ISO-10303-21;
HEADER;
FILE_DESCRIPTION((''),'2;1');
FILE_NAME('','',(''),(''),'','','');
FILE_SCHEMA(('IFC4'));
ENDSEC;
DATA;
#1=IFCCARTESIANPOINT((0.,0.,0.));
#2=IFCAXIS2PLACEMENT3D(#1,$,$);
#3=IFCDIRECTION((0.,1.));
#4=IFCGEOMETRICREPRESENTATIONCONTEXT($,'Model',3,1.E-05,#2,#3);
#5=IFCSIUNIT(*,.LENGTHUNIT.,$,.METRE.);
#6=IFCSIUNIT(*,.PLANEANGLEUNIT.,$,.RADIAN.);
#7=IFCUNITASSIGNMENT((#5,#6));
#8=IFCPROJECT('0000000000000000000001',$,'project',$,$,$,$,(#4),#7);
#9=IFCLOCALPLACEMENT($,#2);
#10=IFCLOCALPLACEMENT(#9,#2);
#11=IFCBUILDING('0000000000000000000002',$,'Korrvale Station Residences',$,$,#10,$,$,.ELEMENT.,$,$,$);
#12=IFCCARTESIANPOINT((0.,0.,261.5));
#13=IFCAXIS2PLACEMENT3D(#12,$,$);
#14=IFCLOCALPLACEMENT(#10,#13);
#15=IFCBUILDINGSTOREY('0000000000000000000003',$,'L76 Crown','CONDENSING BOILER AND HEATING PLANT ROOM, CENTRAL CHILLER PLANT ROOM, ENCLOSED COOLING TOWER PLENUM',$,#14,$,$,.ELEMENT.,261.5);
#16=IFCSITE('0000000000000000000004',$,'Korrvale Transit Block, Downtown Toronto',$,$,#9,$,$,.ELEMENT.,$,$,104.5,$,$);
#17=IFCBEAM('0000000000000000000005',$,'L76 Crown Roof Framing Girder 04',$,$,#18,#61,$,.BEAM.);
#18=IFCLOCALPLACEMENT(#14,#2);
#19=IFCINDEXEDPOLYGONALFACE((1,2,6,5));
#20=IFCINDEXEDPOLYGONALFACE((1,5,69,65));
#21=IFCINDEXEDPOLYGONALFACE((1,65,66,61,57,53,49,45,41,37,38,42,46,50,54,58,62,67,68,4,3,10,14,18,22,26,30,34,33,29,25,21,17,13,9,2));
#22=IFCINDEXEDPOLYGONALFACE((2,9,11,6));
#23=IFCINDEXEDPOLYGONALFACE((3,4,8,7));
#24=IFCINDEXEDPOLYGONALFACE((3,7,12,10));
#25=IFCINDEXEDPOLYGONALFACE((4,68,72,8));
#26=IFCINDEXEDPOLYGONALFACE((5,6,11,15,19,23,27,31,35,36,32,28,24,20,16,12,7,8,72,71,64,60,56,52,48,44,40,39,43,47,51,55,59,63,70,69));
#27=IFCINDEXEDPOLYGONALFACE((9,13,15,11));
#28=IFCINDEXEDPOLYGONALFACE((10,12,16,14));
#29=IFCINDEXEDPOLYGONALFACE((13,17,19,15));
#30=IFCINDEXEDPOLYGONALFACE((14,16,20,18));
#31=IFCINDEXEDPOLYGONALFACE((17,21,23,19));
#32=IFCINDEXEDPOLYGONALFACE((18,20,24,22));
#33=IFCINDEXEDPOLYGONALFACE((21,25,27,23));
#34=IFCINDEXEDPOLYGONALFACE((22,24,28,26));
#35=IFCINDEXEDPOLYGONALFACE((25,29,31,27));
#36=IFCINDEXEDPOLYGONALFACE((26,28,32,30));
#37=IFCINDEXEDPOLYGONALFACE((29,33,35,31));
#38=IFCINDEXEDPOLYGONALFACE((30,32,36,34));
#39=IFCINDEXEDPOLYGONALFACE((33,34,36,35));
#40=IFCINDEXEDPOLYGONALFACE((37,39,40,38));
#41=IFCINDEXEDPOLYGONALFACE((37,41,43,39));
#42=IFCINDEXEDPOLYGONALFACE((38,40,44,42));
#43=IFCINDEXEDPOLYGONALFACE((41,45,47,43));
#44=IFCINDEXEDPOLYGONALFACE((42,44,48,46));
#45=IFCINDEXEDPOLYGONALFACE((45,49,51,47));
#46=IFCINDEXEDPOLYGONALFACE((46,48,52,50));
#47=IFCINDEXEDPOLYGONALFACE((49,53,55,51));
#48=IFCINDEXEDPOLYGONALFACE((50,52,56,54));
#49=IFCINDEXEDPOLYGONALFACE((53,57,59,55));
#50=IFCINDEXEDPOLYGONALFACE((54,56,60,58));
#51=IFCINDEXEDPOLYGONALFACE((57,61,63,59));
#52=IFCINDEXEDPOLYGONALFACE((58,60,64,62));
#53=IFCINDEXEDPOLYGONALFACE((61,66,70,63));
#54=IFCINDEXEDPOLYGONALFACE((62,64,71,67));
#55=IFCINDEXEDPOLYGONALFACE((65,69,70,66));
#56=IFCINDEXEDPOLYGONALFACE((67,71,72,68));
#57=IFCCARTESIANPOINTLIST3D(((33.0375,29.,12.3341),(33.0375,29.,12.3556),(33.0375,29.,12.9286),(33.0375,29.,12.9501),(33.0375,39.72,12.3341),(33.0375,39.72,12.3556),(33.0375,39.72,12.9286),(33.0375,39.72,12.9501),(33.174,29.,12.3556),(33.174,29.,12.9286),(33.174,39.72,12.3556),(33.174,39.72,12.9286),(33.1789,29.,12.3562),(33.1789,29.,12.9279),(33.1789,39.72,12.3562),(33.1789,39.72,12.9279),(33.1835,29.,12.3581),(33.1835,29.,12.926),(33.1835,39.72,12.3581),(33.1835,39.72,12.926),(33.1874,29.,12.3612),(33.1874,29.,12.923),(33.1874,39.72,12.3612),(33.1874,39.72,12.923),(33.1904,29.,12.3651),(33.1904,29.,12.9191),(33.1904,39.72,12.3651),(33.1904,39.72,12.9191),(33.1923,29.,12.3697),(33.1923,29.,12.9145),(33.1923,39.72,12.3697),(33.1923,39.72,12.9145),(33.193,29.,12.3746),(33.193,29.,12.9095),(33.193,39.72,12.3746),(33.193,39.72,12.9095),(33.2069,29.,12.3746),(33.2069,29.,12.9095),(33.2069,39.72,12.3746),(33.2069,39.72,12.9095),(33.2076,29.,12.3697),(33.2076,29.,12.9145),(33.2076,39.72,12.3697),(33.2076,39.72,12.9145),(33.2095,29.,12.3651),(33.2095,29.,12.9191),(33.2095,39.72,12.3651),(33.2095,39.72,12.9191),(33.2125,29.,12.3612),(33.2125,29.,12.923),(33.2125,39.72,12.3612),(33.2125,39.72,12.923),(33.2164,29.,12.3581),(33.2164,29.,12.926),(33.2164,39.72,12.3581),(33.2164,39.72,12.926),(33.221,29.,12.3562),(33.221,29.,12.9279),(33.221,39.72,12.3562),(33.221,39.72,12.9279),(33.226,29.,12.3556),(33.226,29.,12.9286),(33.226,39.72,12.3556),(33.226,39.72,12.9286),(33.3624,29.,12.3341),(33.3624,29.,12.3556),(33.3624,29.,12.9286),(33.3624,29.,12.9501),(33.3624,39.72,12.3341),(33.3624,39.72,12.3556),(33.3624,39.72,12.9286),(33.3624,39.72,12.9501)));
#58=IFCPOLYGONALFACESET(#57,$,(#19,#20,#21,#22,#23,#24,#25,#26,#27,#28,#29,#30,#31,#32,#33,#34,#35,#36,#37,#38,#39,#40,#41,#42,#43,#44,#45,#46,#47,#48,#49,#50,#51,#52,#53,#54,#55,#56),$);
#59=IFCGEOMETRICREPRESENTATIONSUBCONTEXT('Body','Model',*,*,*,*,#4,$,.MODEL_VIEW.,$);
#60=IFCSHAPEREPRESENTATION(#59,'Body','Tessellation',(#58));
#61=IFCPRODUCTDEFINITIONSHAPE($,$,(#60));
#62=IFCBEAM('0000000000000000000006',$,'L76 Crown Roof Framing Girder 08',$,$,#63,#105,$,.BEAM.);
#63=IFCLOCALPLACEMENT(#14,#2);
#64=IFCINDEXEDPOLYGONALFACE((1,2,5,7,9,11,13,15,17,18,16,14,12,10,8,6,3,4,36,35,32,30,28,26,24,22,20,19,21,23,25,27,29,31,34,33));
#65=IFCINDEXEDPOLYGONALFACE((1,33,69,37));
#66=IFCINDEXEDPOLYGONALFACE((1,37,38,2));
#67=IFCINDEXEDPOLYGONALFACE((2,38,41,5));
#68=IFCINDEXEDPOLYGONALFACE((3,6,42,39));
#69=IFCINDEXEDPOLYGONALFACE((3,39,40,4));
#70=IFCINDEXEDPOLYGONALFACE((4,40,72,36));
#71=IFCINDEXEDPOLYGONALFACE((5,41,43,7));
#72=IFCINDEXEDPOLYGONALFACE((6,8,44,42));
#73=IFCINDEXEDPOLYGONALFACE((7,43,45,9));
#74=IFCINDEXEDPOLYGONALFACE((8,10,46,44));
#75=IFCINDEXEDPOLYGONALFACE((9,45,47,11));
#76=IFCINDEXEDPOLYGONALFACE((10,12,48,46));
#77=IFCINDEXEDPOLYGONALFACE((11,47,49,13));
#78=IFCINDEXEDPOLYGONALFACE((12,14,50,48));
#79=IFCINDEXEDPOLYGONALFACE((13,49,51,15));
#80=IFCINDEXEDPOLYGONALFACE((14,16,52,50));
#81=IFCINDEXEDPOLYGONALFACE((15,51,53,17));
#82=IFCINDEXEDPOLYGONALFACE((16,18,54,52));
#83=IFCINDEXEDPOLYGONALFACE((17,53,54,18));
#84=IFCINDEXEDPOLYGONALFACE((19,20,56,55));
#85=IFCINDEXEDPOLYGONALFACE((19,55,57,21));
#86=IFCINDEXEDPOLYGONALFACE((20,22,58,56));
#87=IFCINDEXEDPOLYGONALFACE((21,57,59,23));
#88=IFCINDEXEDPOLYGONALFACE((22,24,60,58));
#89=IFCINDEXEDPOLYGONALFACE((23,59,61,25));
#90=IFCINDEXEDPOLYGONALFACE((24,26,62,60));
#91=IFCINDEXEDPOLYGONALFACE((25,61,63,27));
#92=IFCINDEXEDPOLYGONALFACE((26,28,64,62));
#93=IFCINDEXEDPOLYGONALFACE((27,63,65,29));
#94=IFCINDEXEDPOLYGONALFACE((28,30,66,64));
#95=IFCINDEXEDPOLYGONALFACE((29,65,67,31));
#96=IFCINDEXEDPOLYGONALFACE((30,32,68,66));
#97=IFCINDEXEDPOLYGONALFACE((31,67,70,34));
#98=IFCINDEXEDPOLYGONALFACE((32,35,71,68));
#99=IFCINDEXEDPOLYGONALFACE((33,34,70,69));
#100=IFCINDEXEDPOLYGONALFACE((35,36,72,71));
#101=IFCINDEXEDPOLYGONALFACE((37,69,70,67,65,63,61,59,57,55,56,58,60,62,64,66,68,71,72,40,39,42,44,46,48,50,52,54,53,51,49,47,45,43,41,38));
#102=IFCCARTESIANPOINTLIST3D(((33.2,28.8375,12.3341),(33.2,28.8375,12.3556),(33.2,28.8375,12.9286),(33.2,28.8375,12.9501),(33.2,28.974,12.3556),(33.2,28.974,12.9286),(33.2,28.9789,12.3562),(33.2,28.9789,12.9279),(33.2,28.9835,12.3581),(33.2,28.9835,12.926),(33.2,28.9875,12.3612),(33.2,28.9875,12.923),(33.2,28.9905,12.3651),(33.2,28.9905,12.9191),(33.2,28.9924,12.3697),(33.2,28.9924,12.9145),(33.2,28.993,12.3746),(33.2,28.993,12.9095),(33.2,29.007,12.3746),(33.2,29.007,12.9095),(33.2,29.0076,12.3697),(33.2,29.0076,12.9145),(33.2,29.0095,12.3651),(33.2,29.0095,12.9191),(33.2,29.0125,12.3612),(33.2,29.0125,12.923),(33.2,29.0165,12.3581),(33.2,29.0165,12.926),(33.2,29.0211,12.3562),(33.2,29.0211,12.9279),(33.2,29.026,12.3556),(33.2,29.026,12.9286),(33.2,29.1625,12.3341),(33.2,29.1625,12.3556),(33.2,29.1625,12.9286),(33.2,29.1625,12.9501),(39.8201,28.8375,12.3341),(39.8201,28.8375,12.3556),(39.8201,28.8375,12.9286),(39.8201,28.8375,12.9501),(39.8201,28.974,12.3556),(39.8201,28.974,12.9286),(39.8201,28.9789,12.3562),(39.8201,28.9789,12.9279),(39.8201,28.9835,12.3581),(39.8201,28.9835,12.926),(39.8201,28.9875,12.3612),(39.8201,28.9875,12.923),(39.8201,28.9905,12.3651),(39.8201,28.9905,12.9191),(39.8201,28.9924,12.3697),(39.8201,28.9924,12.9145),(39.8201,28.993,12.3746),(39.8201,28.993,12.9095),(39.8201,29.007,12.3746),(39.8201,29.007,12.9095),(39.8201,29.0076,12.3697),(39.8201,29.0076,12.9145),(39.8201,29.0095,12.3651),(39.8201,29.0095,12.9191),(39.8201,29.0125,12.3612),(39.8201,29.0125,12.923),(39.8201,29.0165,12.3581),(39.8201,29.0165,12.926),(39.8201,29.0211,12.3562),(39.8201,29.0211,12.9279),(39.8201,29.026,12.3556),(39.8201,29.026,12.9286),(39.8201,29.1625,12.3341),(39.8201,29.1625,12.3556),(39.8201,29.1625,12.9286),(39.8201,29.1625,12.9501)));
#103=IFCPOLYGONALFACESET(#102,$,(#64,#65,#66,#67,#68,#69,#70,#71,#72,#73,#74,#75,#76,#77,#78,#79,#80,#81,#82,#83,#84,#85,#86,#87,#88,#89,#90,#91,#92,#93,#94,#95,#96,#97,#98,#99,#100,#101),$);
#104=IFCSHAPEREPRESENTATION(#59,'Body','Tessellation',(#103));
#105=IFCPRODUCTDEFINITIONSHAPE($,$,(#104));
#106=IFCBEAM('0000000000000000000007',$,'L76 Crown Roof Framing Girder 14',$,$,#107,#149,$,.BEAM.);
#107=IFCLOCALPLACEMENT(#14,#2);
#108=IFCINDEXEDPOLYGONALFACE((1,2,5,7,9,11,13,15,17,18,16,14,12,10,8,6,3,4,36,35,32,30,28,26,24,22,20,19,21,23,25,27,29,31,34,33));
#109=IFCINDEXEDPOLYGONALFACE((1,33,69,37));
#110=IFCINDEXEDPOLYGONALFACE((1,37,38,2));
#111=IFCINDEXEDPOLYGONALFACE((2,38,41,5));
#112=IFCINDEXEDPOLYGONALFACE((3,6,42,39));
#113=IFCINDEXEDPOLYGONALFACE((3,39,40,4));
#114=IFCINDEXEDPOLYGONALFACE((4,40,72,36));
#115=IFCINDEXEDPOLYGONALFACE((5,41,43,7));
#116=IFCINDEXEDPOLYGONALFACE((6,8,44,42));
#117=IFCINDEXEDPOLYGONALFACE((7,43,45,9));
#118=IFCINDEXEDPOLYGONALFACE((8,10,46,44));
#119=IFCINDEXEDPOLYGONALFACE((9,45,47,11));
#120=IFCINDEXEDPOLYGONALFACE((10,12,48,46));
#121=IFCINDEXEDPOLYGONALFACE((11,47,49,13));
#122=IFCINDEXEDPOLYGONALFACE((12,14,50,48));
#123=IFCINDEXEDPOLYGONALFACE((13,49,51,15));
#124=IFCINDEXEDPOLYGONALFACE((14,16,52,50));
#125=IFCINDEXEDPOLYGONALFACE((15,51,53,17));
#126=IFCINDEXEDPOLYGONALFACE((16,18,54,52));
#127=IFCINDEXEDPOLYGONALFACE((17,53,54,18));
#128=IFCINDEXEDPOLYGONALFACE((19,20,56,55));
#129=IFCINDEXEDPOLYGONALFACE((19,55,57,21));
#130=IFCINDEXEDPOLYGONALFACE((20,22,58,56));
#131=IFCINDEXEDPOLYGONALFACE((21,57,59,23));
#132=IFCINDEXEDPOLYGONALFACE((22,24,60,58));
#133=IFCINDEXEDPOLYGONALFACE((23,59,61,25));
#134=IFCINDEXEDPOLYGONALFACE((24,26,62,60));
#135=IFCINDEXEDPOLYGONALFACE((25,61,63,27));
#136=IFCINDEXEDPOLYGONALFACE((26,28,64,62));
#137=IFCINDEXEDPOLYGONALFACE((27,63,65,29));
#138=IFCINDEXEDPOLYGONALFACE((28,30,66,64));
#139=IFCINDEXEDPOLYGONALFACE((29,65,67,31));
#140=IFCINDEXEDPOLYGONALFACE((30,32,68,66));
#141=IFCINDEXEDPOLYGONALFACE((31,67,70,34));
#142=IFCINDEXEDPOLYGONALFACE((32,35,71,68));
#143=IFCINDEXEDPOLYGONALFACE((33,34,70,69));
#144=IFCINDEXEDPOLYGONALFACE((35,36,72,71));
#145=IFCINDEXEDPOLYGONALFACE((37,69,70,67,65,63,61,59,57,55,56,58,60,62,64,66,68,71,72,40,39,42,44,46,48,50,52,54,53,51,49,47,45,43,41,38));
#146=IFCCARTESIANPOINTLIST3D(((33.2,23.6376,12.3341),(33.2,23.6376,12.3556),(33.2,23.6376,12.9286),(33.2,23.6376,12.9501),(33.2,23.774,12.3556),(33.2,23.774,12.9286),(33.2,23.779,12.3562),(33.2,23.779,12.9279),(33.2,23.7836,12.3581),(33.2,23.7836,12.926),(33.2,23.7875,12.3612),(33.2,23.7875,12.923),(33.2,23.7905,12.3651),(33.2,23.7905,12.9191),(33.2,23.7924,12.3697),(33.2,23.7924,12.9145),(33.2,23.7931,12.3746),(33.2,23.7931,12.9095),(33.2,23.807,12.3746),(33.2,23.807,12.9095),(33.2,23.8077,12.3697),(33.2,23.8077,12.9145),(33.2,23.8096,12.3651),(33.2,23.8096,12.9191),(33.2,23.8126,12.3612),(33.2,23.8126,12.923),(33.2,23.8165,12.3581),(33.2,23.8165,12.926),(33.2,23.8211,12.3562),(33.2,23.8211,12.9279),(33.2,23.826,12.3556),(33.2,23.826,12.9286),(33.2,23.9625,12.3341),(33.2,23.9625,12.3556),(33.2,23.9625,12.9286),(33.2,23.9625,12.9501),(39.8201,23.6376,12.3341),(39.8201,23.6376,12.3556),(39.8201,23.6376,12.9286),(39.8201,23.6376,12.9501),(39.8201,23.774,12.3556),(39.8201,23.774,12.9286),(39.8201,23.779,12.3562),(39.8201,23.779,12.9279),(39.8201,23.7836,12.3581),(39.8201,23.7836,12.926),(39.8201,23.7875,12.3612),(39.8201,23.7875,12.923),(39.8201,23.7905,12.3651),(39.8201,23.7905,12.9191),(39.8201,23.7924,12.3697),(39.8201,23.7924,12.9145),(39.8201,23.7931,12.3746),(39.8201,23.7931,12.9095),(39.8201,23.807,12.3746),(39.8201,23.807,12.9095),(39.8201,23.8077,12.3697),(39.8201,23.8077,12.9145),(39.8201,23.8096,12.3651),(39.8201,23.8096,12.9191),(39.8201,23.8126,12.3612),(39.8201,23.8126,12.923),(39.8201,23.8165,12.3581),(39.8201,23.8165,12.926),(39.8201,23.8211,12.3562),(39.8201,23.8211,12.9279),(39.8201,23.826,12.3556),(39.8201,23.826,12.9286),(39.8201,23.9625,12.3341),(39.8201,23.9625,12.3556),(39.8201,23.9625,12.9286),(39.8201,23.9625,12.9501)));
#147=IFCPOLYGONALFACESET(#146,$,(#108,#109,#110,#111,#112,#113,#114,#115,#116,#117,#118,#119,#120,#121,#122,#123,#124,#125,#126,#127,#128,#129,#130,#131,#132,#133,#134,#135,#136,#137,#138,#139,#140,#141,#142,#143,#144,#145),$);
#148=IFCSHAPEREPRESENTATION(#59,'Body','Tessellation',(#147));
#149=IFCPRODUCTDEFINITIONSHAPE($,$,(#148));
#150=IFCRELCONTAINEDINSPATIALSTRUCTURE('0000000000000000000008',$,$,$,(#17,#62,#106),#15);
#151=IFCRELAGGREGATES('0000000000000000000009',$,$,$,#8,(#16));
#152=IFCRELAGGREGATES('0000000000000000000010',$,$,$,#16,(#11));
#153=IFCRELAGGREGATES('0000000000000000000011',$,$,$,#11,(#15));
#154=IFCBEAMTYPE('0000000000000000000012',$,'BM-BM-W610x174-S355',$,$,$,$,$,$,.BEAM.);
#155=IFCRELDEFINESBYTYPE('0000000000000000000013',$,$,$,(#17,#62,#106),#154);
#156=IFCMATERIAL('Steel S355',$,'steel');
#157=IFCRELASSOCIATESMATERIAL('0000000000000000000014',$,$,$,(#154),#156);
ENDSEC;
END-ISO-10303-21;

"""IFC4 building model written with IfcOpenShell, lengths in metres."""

from ifc_helpers import new_model, si_unit, direction, frame, origin, origin_2d, place, context, subcontext, project, spatial, i_section, extrude, material, material_profile, profile_set, type_object, element, save


model = new_model("IFC4")

# Units and contexts
model_context = context("Model", 3, precision=1e-05, world=origin(), true_north=direction((0.0, 1.0)))
body_context = subcontext(model_context, "Body", "Model", "MODEL_VIEW")
ifc_project = project(units=[si_unit("LENGTHUNIT", "METRE"), si_unit("PLANEANGLEUNIT", "RADIAN")], contexts=[model_context])

# Site, building, storey
site_placement = place(None, origin())
site = spatial("IfcSite", under=ifc_project, at=site_placement, Name="Korrvale Transit Block, Downtown Toronto", CompositionType="ELEMENT", RefElevation=104.5)
building_placement = place(site_placement, origin())
building = spatial("IfcBuilding", under=site, at=building_placement, Name="Korrvale Station Residences", CompositionType="ELEMENT")
storey_placement = place(building_placement, frame((0.0, 0.0, 261.5)))
storey = spatial("IfcBuildingStorey", under=building, at=storey_placement, Name="L76 Crown", Description="CONDENSING BOILER AND HEATING PLANT ROOM, CENTRAL CHILLER PLANT ROOM, ENCLOSED COOLING TOWER PLENUM", CompositionType="ELEMENT", Elevation=261.5)

# Shared definitions
ifc_material_1 = material(Name="Steel S355", Category="steel")

# Beams
ifc_material_profile_1 = material_profile(ifc_material_1, i_section(OverallWidth=0.325, OverallDepth=0.616, WebThickness=0.0139, FlangeThickness=0.0215, FilletRadius=0.019, at=origin_2d()), Name="W610x174")
ifc_profile_set_1 = profile_set([ifc_material_profile_1], Name="Steel S355")
beam_type_1 = type_object("IfcBeamType", Name="BM-BM-W610x174-S355", PredefinedType="BEAM", material=ifc_profile_set_1)
beam_placement = place(storey_placement, frame((33.2, 29.0, 12.6421), z_axis=(0.0, 1.0, 0.0), x_axis=(-1.0, 0.0, 0.0)))
element("IfcBeam", 1, at=beam_placement, inside=storey, type_object=beam_type_1, Name="L76 Crown Roof Framing Girder 04", PredefinedType="BEAM", context=body_context, shape_type="SweptSolid", body=[
    extrude(i_section(OverallWidth=0.325, OverallDepth=0.616, WebThickness=0.0139, FlangeThickness=0.0215, FilletRadius=0.019, at=origin_2d()), origin(), (0.0, 0.0, 1.0), 10.72),
])
for number, where, z_axis, x_axis, name in (
    (2, (33.2, 29.0, 12.6421), (1.0, 0.0, 0.0), (0.0, 1.0, 0.0), "L76 Crown Roof Framing Girder 08"),
    (3, (33.2, 23.8, 12.6421), (1.0, 0.0, 0.0), (0.0, 1.0, 0.0), "L76 Crown Roof Framing Girder 14"),
):
    element("IfcBeam", number, at=place(storey_placement, frame(where, z_axis=z_axis, x_axis=x_axis)), inside=storey, type_object=beam_type_1, Name=name, PredefinedType="BEAM", context=body_context, shape_type="SweptSolid", body=[
        extrude(i_section(OverallWidth=0.325, OverallDepth=0.616, WebThickness=0.0139, FlangeThickness=0.0215, FilletRadius=0.019, at=origin_2d()), origin(), (0.0, 0.0, 1.0), 6.6201),
    ])

save(model, "model.ifc")
